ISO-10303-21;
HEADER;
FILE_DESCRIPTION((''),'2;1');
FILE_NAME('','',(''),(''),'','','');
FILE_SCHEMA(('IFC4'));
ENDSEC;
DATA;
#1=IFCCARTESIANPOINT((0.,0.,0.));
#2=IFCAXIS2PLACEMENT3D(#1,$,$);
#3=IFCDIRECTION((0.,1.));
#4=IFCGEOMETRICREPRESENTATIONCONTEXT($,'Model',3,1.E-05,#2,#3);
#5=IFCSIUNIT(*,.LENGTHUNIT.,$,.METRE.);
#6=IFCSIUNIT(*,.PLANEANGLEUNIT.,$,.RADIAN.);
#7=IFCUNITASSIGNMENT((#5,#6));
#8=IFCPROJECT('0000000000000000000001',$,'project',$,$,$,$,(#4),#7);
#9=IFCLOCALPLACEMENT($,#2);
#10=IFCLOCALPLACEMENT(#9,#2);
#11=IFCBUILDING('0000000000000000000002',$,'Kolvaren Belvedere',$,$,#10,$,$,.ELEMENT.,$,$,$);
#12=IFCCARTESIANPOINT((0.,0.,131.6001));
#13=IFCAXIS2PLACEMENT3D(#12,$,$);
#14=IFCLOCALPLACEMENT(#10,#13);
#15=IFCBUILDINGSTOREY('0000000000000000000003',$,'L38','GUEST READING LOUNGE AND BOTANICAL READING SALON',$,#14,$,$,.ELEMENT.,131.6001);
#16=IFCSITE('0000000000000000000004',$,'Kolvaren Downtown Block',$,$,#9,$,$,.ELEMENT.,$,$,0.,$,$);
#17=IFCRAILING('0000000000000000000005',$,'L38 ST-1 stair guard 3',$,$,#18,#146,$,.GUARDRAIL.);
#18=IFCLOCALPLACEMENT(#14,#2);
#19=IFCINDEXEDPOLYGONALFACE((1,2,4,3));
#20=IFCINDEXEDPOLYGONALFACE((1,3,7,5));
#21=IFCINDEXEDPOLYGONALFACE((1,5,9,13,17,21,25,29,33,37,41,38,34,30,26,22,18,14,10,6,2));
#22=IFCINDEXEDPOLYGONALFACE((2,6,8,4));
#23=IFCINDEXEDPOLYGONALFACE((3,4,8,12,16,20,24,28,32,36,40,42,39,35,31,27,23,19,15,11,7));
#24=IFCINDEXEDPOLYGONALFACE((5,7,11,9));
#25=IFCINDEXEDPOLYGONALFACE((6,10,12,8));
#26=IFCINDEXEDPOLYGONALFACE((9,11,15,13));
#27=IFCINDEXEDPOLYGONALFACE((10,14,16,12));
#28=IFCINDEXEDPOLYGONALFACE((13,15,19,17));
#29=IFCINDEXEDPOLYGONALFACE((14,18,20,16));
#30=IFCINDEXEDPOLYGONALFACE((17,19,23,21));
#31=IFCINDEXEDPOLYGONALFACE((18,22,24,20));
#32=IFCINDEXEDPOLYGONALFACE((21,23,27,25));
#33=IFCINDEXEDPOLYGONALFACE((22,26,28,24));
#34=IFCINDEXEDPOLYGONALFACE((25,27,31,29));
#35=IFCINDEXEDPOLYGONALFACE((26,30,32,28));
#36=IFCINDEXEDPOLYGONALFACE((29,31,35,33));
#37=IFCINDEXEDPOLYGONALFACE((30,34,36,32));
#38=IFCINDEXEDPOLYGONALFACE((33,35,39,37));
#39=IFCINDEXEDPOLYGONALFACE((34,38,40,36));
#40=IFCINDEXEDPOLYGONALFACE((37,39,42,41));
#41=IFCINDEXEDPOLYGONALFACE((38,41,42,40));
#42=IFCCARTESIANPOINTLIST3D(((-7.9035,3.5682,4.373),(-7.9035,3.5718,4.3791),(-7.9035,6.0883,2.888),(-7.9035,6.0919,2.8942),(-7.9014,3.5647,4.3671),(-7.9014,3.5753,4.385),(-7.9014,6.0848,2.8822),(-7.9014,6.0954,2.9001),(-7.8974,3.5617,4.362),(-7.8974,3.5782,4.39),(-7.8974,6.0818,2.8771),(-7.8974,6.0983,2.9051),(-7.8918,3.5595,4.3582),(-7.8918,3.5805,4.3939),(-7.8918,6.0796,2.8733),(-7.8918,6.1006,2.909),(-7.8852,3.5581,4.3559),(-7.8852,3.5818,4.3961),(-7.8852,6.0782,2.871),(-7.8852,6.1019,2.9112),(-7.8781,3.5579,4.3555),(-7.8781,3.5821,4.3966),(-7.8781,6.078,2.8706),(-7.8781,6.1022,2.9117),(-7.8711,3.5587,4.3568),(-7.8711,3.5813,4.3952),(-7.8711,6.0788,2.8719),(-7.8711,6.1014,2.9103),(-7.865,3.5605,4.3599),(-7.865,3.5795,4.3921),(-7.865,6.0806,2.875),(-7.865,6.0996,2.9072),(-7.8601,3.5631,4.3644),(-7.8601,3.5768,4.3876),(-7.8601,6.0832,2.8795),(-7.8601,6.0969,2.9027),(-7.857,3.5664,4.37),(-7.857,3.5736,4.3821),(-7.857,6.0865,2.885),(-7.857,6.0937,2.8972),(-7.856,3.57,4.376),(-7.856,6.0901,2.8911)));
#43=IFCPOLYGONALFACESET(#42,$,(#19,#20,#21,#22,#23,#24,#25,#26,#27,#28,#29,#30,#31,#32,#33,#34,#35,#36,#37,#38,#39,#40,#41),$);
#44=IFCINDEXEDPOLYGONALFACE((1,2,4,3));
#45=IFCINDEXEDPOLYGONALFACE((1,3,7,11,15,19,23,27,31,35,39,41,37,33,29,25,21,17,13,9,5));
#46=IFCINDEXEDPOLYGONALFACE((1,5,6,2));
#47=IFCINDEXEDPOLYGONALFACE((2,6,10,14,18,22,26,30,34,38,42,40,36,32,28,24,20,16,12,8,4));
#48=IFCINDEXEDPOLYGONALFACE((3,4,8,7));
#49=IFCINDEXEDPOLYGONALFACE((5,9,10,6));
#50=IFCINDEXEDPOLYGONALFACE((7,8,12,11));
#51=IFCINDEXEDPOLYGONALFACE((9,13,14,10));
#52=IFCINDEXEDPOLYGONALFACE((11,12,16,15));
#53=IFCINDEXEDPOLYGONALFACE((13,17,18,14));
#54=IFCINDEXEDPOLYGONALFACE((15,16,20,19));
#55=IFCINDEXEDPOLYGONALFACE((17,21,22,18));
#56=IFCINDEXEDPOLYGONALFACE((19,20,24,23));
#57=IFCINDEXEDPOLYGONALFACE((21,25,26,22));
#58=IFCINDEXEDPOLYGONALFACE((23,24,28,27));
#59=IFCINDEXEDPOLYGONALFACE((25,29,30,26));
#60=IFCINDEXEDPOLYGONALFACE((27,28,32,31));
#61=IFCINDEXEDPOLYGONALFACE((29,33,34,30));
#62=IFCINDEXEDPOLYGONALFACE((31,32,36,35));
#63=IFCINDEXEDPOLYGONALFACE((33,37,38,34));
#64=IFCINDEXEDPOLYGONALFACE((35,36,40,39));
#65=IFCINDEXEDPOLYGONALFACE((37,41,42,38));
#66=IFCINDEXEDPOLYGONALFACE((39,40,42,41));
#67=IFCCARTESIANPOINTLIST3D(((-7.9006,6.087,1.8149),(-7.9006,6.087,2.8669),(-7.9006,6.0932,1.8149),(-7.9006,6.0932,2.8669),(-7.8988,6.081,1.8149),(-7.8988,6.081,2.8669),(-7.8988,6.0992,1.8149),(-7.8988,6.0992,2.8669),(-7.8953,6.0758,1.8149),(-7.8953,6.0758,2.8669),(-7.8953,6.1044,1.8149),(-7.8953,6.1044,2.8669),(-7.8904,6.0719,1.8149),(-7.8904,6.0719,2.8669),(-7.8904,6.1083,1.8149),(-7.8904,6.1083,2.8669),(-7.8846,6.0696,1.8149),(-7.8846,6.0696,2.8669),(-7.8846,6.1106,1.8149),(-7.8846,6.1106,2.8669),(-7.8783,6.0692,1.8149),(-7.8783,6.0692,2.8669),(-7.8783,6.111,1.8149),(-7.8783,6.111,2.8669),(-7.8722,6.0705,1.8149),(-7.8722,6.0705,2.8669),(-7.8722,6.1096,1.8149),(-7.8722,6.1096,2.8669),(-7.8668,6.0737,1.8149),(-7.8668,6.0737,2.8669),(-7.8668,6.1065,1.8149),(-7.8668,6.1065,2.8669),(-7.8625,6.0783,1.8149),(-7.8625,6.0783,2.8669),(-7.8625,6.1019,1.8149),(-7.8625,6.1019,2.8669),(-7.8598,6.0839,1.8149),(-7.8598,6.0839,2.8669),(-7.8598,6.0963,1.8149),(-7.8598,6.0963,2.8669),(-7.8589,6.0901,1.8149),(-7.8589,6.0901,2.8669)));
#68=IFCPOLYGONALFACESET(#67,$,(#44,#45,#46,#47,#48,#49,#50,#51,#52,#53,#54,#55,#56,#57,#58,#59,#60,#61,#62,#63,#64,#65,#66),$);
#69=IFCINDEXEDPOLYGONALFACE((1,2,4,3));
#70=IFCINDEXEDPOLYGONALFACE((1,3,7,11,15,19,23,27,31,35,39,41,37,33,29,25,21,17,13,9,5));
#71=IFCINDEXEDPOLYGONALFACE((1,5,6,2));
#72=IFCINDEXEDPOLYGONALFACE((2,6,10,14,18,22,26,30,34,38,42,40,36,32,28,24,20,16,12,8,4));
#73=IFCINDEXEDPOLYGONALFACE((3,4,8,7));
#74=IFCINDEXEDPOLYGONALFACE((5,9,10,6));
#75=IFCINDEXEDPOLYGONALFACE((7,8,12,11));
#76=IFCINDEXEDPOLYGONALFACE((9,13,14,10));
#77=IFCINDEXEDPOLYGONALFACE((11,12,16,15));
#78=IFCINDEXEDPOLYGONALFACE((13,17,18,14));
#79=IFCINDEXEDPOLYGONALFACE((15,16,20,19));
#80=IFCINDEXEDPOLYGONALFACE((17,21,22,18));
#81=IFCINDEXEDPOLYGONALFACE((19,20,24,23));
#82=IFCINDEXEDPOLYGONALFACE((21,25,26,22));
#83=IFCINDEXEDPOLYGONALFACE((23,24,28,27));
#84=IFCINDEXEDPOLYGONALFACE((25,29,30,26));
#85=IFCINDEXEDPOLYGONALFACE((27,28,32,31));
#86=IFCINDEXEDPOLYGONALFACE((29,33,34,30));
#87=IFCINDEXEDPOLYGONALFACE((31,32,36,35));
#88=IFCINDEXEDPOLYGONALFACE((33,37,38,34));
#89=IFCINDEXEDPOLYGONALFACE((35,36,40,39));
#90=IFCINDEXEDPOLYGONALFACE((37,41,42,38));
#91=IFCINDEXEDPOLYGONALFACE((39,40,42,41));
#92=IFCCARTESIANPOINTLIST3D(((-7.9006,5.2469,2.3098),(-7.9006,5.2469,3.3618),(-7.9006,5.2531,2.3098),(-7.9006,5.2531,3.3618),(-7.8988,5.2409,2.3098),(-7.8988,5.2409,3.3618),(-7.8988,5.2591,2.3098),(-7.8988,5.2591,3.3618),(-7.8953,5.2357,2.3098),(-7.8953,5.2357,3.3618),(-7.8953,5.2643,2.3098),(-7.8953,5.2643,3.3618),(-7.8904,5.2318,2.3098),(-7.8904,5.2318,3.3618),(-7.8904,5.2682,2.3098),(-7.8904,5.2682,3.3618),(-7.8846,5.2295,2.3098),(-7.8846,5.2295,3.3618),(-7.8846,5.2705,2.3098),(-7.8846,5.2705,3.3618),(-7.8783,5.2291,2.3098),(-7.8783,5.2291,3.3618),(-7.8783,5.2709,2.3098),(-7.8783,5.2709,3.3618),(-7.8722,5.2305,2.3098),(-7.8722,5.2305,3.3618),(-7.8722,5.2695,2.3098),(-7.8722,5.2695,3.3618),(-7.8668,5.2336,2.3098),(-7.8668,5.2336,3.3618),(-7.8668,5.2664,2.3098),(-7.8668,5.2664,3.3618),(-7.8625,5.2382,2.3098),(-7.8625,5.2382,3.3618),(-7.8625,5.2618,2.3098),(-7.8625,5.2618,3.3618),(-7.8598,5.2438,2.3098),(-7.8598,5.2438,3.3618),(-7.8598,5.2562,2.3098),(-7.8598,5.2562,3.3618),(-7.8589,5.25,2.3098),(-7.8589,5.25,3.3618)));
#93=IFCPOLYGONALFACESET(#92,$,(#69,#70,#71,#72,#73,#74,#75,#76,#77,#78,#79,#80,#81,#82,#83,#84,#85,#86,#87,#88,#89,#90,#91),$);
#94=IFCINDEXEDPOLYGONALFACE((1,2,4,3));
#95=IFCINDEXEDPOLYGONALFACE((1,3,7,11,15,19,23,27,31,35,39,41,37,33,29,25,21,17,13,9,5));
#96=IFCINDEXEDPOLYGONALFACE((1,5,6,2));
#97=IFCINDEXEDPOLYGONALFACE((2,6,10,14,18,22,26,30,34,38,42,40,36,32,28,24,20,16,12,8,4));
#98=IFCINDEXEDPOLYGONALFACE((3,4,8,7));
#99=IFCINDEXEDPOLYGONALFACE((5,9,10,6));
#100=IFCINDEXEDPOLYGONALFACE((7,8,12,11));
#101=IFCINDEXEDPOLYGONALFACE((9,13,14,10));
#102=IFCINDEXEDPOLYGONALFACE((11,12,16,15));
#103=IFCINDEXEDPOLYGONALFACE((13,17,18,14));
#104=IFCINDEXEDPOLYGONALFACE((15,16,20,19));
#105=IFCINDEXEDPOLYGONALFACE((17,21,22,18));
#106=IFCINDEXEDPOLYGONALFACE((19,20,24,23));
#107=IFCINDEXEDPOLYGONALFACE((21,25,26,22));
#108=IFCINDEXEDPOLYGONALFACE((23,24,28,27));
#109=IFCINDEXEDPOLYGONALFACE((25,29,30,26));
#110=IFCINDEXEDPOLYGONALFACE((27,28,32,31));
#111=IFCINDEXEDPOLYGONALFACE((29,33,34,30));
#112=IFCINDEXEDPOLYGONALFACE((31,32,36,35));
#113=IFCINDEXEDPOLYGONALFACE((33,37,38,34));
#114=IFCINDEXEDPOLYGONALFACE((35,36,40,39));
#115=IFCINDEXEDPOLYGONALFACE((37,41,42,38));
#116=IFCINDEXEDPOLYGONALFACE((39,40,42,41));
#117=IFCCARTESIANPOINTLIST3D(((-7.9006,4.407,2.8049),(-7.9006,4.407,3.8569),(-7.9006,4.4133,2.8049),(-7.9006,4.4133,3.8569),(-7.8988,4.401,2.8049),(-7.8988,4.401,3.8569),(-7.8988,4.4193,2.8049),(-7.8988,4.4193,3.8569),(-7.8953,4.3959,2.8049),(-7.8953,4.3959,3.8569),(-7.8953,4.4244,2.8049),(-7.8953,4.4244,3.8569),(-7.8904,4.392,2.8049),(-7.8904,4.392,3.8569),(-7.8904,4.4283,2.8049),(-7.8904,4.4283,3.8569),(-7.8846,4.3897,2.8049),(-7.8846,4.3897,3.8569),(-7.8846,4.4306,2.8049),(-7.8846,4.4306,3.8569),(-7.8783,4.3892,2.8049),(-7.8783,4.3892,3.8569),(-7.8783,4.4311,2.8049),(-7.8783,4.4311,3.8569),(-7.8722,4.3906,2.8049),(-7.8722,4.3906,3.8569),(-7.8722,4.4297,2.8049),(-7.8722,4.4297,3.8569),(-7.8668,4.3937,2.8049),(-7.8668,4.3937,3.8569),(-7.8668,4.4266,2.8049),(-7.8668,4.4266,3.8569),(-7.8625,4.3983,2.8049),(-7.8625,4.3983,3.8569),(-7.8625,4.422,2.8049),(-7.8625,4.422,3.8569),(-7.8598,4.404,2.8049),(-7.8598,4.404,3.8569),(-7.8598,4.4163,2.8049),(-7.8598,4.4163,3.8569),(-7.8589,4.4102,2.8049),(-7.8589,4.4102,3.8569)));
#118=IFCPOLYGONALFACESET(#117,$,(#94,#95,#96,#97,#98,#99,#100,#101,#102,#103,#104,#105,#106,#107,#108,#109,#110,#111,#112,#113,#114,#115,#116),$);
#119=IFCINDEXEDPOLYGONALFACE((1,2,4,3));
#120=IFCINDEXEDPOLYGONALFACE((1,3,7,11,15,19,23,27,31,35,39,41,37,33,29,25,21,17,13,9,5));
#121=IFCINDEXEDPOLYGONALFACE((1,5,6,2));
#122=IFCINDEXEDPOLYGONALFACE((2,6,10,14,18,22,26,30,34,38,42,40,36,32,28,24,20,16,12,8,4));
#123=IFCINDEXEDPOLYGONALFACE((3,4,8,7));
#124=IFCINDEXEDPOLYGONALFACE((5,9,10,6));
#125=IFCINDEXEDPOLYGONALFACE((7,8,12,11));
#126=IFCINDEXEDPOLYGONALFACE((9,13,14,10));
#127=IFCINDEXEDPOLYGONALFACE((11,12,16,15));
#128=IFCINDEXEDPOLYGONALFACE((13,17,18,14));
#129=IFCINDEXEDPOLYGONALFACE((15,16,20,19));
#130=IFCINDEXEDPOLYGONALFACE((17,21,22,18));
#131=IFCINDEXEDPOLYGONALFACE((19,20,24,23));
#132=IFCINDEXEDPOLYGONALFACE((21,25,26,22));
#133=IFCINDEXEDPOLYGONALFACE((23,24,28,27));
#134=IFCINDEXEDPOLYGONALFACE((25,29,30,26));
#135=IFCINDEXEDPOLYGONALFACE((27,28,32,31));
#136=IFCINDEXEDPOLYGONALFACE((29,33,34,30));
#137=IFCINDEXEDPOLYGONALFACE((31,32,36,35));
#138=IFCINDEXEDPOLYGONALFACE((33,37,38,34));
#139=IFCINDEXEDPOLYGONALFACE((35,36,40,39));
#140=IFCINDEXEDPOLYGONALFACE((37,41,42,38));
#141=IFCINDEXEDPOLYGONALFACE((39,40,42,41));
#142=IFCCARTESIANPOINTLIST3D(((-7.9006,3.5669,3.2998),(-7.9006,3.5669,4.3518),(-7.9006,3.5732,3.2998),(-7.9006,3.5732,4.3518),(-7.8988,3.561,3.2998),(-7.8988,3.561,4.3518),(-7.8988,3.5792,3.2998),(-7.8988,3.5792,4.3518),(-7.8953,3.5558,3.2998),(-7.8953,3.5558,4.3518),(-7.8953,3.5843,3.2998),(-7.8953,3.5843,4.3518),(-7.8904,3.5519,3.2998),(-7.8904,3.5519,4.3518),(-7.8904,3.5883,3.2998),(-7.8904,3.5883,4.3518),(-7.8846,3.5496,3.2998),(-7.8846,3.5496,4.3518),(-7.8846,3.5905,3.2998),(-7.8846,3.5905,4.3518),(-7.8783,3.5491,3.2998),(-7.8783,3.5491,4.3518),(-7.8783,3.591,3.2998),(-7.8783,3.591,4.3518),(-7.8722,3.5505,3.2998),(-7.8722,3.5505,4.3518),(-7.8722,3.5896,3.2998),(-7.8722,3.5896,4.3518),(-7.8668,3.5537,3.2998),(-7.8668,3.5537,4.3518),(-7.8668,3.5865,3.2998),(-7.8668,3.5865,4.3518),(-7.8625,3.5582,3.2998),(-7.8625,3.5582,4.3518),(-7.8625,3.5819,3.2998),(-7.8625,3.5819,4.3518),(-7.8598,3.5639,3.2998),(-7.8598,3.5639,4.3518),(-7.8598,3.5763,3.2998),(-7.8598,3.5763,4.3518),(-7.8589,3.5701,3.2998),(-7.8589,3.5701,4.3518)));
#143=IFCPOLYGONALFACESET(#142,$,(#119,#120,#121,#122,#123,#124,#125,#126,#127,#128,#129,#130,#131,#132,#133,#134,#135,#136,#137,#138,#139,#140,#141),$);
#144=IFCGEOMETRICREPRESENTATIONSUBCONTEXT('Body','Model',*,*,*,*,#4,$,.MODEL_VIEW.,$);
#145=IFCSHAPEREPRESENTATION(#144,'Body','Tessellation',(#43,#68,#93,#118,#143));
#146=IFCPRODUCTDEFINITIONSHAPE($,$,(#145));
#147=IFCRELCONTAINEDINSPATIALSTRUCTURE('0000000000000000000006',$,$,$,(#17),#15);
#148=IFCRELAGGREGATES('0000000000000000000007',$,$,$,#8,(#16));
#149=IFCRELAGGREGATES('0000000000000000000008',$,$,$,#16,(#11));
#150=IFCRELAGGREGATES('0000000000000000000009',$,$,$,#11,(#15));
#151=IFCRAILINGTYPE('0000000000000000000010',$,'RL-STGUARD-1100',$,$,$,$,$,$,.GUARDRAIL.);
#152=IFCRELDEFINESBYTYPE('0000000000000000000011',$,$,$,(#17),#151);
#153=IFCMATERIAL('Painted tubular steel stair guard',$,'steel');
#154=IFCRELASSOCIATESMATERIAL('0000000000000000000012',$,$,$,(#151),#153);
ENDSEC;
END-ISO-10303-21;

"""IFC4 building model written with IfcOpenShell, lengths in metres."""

from ifc_helpers import new_model, si_unit, direction, frame, origin, origin_2d, place, context, subcontext, project, spatial, circle, extrude, material, type_object, element, save


model = new_model("IFC4")

# Units and contexts
model_context = context("Model", 3, precision=1e-05, world=origin(), true_north=direction((0.0, 1.0)))
body_context = subcontext(model_context, "Body", "Model", "MODEL_VIEW")
ifc_project = project(units=[si_unit("LENGTHUNIT", "METRE"), si_unit("PLANEANGLEUNIT", "RADIAN")], contexts=[model_context])

# Site, building, storey
site_placement = place(None, origin())
site = spatial("IfcSite", under=ifc_project, at=site_placement, Name="Kolvaren Downtown Block", CompositionType="ELEMENT", RefElevation=0.0)
building_placement = place(site_placement, origin())
building = spatial("IfcBuilding", under=site, at=building_placement, Name="Kolvaren Belvedere", CompositionType="ELEMENT")
storey_placement = place(building_placement, frame((0.0, 0.0, 131.6001)))
storey = spatial("IfcBuildingStorey", under=building, at=storey_placement, Name="L38", Description="GUEST READING LOUNGE AND BOTANICAL READING SALON", CompositionType="ELEMENT", Elevation=131.6001)

# Railing
ifc_material_1 = material(Name="Painted tubular steel stair guard", Category="steel")
railing_type_1 = type_object("IfcRailingType", Name="RL-STGUARD-1100", PredefinedType="GUARDRAIL", material=ifc_material_1)
railing_1_placement = place(storey_placement, frame((-7.8799, 6.0901, 1.8149)))
element("IfcRailing", 1, at=railing_1_placement, inside=storey, type_object=railing_type_1, Name="L38 ST-1 stair guard 3", PredefinedType="GUARDRAIL", context=body_context, shape_type="SweptSolid", body=[
    extrude(circle(Radius=0.0239, at=origin_2d()), frame((0.0, 0.0, 1.0762), z_axis=(0.0, -0.861561, 0.507655), x_axis=(1.0, 0.0, 0.0)), (0.0, 0.0, 1.0), 2.925),
    extrude(circle(Radius=0.021, at=origin_2d()), origin(), (0.0, 0.0, 1.0), 1.052),
    extrude(circle(Radius=0.021, at=origin_2d()), frame((0.0, -0.8401, 0.4949)), (0.0, 0.0, 1.0), 1.052),
    extrude(circle(Radius=0.021, at=origin_2d()), frame((0.0, -1.6799, 0.99)), (0.0, 0.0, 1.0), 1.052),
    extrude(circle(Radius=0.021, at=origin_2d()), frame((0.0, -2.52, 1.4849)), (0.0, 0.0, 1.0), 1.052),
])

save(model, "model.ifc")
